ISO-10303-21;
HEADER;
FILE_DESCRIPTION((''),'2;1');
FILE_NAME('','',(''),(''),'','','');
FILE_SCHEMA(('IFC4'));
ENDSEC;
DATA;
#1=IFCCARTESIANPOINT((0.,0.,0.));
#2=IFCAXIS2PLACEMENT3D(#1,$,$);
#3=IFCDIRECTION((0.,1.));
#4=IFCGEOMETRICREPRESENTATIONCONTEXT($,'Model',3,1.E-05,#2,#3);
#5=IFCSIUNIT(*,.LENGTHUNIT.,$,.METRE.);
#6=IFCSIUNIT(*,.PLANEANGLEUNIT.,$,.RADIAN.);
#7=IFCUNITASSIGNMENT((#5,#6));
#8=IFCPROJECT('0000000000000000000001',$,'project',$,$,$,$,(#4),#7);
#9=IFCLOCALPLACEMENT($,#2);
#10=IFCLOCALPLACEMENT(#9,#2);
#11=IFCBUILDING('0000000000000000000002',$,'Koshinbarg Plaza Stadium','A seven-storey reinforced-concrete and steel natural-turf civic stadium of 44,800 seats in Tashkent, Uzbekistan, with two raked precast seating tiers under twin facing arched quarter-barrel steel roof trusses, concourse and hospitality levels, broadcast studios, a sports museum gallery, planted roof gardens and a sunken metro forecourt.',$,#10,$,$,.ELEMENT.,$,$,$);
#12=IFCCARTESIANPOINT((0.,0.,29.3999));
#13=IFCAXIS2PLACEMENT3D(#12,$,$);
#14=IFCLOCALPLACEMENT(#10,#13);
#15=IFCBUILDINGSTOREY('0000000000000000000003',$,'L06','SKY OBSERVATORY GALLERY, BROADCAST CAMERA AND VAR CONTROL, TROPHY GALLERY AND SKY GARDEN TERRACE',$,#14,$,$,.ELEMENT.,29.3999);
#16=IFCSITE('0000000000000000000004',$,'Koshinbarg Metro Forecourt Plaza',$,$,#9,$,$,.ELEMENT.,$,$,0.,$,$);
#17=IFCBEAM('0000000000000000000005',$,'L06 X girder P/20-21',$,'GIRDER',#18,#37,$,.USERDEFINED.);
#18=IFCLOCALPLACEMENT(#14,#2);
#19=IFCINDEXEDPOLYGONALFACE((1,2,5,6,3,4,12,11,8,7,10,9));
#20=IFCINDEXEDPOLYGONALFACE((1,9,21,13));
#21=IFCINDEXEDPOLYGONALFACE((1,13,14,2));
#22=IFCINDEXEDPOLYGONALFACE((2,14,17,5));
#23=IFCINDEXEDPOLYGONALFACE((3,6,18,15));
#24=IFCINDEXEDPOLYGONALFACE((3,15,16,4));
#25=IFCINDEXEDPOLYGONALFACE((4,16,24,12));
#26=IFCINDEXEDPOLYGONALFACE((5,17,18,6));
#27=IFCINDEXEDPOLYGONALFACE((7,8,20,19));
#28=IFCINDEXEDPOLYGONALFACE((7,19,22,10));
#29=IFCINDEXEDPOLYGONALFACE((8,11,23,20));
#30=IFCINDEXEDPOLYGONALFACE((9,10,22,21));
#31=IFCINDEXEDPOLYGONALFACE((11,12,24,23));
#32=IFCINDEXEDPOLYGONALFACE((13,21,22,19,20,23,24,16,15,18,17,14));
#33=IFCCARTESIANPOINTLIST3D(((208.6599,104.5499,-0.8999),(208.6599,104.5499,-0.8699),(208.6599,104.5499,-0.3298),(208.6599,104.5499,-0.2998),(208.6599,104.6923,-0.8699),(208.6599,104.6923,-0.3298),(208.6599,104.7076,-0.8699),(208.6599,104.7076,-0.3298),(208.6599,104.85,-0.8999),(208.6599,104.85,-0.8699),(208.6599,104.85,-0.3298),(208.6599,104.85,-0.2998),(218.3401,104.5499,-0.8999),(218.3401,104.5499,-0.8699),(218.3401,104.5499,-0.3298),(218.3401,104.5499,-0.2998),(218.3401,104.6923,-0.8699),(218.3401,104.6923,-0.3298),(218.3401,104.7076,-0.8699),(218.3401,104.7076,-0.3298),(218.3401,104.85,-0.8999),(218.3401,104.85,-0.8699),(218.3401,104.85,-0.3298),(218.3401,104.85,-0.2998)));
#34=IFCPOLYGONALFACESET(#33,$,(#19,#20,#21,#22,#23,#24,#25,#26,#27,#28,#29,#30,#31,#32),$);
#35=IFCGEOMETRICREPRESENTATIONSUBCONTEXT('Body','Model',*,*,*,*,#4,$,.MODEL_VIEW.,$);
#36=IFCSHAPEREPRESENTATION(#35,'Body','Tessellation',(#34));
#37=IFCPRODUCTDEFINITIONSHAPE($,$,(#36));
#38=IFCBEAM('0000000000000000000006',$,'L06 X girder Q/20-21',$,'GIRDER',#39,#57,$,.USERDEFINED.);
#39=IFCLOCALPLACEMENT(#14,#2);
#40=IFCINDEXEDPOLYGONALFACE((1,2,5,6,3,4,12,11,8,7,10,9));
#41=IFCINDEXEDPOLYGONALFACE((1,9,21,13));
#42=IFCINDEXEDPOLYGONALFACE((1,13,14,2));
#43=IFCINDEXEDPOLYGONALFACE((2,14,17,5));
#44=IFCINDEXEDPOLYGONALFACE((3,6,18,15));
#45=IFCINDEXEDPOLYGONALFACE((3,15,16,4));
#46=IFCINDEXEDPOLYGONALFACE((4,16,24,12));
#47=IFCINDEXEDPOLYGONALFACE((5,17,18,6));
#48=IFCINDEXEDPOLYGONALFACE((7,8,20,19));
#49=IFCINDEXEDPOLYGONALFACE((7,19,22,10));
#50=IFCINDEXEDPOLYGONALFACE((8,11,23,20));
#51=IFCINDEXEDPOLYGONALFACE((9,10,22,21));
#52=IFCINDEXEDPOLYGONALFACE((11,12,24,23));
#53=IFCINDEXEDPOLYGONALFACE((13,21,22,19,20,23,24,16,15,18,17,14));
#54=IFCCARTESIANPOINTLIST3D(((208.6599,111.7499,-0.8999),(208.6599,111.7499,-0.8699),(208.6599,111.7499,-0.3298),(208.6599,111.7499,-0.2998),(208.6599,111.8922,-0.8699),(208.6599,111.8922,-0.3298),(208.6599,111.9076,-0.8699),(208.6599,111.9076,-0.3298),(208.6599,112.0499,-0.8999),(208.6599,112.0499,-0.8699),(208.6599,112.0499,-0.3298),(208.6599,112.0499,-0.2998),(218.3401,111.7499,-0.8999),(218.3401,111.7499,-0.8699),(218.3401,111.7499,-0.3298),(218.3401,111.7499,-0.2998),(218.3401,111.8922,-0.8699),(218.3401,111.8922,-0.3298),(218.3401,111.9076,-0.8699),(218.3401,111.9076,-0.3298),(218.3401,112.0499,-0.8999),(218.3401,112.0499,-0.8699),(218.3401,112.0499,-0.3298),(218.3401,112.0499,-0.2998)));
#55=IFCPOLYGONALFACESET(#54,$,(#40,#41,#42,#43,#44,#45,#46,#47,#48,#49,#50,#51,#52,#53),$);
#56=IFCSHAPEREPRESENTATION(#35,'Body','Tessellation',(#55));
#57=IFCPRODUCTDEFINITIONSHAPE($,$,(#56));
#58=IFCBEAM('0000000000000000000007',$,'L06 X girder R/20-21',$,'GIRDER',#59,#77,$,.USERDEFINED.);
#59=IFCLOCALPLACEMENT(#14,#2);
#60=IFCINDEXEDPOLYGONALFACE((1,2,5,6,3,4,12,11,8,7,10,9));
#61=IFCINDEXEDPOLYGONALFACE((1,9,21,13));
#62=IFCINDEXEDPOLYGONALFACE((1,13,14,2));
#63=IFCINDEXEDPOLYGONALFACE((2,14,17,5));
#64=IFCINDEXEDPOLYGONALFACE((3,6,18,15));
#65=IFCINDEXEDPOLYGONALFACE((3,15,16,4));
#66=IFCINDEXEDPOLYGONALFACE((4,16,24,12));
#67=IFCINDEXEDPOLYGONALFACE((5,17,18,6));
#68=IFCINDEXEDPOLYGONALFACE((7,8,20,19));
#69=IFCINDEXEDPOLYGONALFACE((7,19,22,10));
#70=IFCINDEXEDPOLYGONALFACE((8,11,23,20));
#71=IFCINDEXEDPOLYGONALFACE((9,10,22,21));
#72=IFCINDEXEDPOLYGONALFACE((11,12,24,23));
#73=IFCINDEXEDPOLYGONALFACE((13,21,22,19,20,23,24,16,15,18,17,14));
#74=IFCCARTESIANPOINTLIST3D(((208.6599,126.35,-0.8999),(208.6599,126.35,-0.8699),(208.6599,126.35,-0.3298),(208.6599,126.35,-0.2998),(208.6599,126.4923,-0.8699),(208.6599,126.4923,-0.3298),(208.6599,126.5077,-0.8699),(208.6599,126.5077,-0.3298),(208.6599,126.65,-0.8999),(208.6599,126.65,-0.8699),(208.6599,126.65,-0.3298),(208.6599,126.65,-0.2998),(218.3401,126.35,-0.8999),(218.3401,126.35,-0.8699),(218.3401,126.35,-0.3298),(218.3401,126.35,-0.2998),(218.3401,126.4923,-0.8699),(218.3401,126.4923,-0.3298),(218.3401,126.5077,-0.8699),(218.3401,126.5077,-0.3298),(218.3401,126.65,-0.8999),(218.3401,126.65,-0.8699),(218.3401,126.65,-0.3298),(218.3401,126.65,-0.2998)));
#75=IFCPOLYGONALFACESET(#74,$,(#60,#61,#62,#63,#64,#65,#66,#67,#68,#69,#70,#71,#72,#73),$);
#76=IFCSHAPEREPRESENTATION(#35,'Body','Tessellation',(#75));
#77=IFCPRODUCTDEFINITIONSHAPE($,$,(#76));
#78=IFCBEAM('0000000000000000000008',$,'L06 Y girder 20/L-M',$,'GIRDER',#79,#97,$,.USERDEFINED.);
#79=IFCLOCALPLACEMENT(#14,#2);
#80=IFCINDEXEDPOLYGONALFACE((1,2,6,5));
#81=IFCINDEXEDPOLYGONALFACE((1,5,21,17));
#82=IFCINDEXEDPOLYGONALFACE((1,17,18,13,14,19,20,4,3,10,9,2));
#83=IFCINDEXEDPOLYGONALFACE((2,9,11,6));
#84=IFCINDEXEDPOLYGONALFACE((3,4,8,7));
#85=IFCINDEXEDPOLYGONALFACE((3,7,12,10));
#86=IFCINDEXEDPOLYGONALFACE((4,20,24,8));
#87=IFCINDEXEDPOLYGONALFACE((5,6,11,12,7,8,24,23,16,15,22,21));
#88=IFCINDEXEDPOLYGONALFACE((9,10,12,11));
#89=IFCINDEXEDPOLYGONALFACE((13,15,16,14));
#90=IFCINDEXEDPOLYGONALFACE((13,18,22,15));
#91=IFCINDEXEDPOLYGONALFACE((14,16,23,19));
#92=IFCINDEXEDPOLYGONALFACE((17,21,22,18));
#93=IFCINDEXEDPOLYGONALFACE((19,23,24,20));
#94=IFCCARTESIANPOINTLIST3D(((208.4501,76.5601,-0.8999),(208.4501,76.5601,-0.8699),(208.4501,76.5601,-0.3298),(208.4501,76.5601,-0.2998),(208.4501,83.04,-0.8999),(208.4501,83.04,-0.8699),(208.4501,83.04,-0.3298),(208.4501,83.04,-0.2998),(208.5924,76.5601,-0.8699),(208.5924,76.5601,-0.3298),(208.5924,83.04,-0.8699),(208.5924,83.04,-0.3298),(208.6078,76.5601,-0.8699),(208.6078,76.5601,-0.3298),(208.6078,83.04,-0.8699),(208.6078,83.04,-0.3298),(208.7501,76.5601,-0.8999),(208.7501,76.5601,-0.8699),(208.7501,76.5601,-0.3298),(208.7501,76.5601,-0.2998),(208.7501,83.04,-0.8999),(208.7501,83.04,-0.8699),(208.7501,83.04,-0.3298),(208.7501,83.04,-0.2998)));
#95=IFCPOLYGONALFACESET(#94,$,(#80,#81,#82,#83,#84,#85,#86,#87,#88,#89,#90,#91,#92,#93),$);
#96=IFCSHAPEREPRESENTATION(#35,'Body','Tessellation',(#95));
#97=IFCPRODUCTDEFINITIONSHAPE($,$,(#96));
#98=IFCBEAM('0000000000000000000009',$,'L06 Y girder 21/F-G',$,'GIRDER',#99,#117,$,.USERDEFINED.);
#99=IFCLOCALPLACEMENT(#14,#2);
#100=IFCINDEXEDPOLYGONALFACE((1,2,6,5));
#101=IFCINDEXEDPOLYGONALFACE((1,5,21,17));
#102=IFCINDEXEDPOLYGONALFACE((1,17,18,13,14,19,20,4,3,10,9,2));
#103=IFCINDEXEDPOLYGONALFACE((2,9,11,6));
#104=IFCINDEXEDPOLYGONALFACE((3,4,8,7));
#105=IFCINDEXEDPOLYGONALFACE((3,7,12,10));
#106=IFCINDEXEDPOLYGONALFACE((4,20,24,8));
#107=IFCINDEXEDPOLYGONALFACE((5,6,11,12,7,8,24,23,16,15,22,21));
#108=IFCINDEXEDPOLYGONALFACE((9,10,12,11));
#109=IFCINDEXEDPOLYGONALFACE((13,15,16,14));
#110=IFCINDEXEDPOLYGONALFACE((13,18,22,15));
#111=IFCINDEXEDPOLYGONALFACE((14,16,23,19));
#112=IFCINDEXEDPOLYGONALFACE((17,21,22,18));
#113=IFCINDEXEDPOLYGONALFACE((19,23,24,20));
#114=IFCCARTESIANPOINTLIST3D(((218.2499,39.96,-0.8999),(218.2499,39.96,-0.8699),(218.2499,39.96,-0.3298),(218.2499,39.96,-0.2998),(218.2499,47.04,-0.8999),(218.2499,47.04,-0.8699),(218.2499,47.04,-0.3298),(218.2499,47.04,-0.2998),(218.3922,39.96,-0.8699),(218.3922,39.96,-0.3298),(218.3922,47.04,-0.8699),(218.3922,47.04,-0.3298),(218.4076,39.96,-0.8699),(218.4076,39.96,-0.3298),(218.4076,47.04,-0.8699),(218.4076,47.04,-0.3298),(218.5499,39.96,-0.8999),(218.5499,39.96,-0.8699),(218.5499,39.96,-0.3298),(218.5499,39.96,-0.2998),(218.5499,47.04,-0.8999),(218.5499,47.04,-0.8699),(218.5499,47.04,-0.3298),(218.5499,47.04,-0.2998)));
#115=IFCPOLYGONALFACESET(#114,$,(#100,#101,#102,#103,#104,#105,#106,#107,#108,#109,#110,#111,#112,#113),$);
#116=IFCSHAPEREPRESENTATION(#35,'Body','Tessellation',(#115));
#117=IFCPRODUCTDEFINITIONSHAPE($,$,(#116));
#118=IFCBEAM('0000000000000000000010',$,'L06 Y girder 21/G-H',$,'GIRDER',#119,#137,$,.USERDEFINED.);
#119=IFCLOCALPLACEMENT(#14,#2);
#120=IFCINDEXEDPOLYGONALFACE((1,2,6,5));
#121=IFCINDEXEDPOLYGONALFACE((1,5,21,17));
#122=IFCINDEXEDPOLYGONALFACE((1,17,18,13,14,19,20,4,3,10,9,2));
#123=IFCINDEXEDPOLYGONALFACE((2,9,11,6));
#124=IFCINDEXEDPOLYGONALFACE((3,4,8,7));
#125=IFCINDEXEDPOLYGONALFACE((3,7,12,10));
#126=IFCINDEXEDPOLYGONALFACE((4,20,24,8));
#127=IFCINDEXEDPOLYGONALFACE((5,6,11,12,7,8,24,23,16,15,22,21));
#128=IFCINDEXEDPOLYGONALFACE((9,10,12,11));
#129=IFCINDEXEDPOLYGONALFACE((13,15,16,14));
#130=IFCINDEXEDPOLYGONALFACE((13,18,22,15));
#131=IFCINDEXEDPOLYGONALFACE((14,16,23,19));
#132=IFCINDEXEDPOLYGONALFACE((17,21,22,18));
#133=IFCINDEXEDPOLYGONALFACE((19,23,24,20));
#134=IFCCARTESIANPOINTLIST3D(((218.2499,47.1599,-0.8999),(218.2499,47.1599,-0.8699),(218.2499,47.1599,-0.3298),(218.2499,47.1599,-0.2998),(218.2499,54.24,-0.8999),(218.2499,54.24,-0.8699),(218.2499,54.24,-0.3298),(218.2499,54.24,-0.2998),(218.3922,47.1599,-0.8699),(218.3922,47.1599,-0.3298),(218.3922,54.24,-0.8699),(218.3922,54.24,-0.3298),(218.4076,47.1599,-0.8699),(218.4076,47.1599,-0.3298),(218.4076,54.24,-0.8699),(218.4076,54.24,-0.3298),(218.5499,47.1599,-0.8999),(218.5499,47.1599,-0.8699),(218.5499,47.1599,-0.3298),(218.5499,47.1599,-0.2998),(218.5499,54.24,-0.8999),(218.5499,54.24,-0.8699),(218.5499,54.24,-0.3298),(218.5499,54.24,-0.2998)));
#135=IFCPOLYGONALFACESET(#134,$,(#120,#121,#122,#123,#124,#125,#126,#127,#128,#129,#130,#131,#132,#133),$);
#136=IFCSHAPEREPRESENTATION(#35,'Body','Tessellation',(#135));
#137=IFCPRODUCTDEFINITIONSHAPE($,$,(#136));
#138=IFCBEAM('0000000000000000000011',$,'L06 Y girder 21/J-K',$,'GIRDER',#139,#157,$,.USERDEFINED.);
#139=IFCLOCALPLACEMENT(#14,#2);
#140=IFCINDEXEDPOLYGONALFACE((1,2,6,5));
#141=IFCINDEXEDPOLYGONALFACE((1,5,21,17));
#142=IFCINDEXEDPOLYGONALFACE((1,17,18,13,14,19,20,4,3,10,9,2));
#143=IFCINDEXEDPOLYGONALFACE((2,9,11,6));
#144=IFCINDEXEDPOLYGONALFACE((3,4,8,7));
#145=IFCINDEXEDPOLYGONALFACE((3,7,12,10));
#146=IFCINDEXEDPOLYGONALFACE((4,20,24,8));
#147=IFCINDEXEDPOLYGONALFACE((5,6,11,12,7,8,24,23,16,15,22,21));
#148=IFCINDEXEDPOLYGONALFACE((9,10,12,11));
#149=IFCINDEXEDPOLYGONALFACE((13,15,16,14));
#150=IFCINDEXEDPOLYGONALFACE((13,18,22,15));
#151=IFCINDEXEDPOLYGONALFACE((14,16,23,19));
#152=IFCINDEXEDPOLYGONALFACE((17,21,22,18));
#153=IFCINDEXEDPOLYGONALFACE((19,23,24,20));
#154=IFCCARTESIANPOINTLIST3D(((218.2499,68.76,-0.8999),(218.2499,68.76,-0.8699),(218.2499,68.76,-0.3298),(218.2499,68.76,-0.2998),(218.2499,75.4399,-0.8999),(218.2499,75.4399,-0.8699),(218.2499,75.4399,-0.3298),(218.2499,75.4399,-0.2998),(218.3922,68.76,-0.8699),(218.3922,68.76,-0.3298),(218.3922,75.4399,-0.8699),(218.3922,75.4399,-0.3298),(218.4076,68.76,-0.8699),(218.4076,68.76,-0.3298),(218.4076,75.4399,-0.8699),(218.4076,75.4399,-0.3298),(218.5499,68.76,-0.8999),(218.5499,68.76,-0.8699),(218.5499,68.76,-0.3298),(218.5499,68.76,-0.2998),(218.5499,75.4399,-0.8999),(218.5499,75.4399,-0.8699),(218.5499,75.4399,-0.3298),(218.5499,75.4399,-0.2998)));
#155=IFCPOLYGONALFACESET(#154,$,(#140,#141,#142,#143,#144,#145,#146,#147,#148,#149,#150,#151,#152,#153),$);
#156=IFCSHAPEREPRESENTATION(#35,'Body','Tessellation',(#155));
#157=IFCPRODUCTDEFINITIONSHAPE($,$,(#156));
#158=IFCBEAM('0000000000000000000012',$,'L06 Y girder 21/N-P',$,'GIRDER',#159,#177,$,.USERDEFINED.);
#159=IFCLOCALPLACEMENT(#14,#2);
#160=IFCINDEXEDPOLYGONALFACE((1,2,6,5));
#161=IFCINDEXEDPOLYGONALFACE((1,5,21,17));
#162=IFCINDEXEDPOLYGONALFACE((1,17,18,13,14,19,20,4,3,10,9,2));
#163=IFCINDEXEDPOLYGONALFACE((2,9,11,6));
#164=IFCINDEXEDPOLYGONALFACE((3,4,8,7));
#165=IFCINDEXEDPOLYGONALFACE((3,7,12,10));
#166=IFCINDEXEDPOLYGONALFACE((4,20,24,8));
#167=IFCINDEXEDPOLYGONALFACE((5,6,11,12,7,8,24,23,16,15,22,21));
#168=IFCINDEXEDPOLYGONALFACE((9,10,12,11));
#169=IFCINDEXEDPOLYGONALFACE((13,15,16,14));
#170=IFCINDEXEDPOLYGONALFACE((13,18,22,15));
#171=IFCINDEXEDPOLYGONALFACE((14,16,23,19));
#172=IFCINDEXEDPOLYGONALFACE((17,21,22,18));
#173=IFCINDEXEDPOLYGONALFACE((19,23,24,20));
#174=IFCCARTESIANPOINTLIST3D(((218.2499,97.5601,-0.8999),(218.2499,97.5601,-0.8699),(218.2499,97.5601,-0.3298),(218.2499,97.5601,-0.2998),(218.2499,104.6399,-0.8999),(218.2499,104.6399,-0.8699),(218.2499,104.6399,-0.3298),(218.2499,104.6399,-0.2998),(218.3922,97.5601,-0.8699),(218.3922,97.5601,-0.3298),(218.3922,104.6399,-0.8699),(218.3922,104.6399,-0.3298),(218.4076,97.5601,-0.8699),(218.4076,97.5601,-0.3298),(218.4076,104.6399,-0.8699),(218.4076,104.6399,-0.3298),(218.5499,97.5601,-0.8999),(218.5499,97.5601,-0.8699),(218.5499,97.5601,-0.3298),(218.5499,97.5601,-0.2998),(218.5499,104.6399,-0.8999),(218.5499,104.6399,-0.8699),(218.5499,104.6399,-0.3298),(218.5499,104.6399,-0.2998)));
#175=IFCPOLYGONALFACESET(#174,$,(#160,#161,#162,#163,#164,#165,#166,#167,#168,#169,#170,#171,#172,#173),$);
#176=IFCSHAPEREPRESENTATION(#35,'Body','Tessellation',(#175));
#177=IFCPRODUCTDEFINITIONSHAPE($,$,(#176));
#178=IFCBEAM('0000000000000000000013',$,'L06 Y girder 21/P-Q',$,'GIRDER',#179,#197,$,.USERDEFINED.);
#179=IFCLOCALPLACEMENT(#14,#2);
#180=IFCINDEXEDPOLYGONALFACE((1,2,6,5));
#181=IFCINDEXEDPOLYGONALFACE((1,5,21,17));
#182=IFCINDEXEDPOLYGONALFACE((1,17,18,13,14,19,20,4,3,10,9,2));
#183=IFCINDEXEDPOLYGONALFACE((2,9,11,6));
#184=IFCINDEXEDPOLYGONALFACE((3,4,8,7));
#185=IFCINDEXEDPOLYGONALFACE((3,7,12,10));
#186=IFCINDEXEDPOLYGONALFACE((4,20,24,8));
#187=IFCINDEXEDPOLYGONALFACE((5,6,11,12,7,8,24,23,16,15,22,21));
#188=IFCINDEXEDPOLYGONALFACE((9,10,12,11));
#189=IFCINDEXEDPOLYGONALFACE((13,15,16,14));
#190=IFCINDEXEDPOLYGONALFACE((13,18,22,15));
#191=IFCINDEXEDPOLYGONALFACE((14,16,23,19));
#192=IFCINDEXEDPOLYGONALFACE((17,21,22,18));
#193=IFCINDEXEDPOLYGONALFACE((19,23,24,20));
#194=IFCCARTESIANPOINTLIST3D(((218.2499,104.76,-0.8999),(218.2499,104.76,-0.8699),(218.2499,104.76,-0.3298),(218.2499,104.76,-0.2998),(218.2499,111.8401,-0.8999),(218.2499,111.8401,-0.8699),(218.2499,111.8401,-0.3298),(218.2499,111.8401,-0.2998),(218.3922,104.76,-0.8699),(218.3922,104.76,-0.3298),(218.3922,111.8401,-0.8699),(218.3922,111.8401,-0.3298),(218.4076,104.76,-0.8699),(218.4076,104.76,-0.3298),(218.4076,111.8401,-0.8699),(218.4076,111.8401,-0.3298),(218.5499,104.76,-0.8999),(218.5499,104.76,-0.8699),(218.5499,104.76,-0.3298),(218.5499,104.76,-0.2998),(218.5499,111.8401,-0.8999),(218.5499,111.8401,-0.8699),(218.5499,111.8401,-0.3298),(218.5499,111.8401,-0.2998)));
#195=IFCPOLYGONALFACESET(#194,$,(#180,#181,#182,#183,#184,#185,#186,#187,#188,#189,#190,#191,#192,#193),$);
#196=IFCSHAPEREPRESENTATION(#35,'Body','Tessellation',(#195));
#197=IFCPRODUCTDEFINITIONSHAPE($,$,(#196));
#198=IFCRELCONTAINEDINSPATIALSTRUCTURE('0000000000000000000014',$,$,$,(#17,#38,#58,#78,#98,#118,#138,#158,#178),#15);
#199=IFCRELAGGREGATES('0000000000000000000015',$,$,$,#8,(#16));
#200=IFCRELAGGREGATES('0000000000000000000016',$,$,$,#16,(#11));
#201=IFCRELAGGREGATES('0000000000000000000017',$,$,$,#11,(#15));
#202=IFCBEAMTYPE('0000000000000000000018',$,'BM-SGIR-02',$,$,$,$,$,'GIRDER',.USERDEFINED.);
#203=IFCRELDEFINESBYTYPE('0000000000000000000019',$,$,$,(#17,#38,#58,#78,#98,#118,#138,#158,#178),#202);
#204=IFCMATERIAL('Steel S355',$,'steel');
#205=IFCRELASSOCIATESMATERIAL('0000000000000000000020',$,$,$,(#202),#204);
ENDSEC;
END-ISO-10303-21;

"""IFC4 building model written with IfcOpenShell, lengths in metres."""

from ifc_helpers import new_model, si_unit, direction, frame, origin, origin_2d, place, context, subcontext, project, spatial, i_section, extrude, material, material_profile, profile_set, type_object, element, save


model = new_model("IFC4")

# Units and contexts
model_context = context("Model", 3, precision=1e-05, world=origin(), true_north=direction((0.0, 1.0)))
body_context = subcontext(model_context, "Body", "Model", "MODEL_VIEW")
ifc_project = project(units=[si_unit("LENGTHUNIT", "METRE"), si_unit("PLANEANGLEUNIT", "RADIAN")], contexts=[model_context])

# Site, building, storey
site_placement = place(None, origin())
site = spatial("IfcSite", under=ifc_project, at=site_placement, Name="Koshinbarg Metro Forecourt Plaza", CompositionType="ELEMENT", RefElevation=0.0)
building_placement = place(site_placement, origin())
building = spatial("IfcBuilding", under=site, at=building_placement, Name="Koshinbarg Plaza Stadium", Description="A seven-storey reinforced-concrete and steel natural-turf civic stadium of 44,800 seats in Tashkent, Uzbekistan, with two raked precast seating tiers under twin facing arched quarter-barrel steel roof trusses, concourse and hospitality levels, broadcast studios, a sports museum gallery, planted roof gardens and a sunken metro forecourt.", CompositionType="ELEMENT")
storey_placement = place(building_placement, frame((0.0, 0.0, 29.3999)))
storey = spatial("IfcBuildingStorey", under=building, at=storey_placement, Name="L06", Description="SKY OBSERVATORY GALLERY, BROADCAST CAMERA AND VAR CONTROL, TROPHY GALLERY AND SKY GARDEN TERRACE", CompositionType="ELEMENT", Elevation=29.3999)

# Beams
ifc_material = material(Name="Steel S355", Category="steel")
ifc_material_profile_1 = material_profile(ifc_material, i_section(OverallWidth=0.3, OverallDepth=0.6001, WebThickness=0.0154, FlangeThickness=0.03, at=origin_2d()), Name="HEB 600")
ifc_profile_set_1 = profile_set([ifc_material_profile_1], Name="Steel S355")
beam_type_1 = type_object("IfcBeamType", Name="BM-SGIR-02", ElementType="GIRDER", PredefinedType="USERDEFINED", material=ifc_profile_set_1)
for number, where, z_axis, x_axis, name in (
    (1, (208.6599, 104.7, -0.5999), (1.0, 0.0, 0.0), (0.0, 1.0, 0.0), "L06 X girder P/20-21"),
    (2, (208.6599, 111.8999, -0.5999), (1.0, 0.0, 0.0), (0.0, 1.0, 0.0), "L06 X girder Q/20-21"),
    (3, (208.6599, 126.5, -0.5999), (1.0, 0.0, 0.0), (0.0, 1.0, 0.0), "L06 X girder R/20-21"),
):
    element("IfcBeam", number, at=place(storey_placement, frame(where, z_axis=z_axis, x_axis=x_axis)), inside=storey, type_object=beam_type_1, Name=name, ObjectType="GIRDER", PredefinedType="USERDEFINED", context=body_context, shape_type="SweptSolid", body=[
        extrude(i_section(OverallWidth=0.3, OverallDepth=0.6001, WebThickness=0.0154, FlangeThickness=0.03, at=origin_2d()), origin(), (0.0, 0.0, 1.0), 9.6802),
    ])
beam_1_placement = place(storey_placement, frame((208.6001, 76.5601, -0.5999), z_axis=(0.0, 1.0, 0.0), x_axis=(-1.0, 0.0, 0.0)))
element("IfcBeam", 4, at=beam_1_placement, inside=storey, type_object=beam_type_1, Name="L06 Y girder 20/L-M", ObjectType="GIRDER", PredefinedType="USERDEFINED", context=body_context, shape_type="SweptSolid", body=[
    extrude(i_section(OverallWidth=0.3, OverallDepth=0.6001, WebThickness=0.0154, FlangeThickness=0.03, at=origin_2d()), origin(), (0.0, 0.0, 1.0), 6.48),
])
for number, where, z_axis, x_axis, name in (
    (5, (218.3999, 39.96, -0.5999), (0.0, 1.0, 0.0), (-1.0, 0.0, 0.0), "L06 Y girder 21/F-G"),
    (6, (218.3999, 47.1599, -0.5999), (0.0, 1.0, 0.0), (-1.0, 0.0, 0.0), "L06 Y girder 21/G-H"),
):
    element("IfcBeam", number, at=place(storey_placement, frame(where, z_axis=z_axis, x_axis=x_axis)), inside=storey, type_object=beam_type_1, Name=name, ObjectType="GIRDER", PredefinedType="USERDEFINED", context=body_context, shape_type="SweptSolid", body=[
        extrude(i_section(OverallWidth=0.3, OverallDepth=0.6001, WebThickness=0.0154, FlangeThickness=0.03, at=origin_2d()), origin(), (0.0, 0.0, 1.0), 7.0801),
    ])
beam_2_placement = place(storey_placement, frame((218.3999, 68.76, -0.5999), z_axis=(0.0, 1.0, 0.0), x_axis=(-1.0, 0.0, 0.0)))
element("IfcBeam", 7, at=beam_2_placement, inside=storey, type_object=beam_type_1, Name="L06 Y girder 21/J-K", ObjectType="GIRDER", PredefinedType="USERDEFINED", context=body_context, shape_type="SweptSolid", body=[
    extrude(i_section(OverallWidth=0.3, OverallDepth=0.6001, WebThickness=0.0154, FlangeThickness=0.03, at=origin_2d()), origin(), (0.0, 0.0, 1.0), 6.6799),
])
beam_3_placement = place(storey_placement, frame((218.3999, 97.5601, -0.5999), z_axis=(0.0, 1.0, 0.0), x_axis=(-1.0, 0.0, 0.0)))
element("IfcBeam", 8, at=beam_3_placement, inside=storey, type_object=beam_type_1, Name="L06 Y girder 21/N-P", ObjectType="GIRDER", PredefinedType="USERDEFINED", context=body_context, shape_type="SweptSolid", body=[
    extrude(i_section(OverallWidth=0.3, OverallDepth=0.6001, WebThickness=0.0154, FlangeThickness=0.03, at=origin_2d()), origin(), (0.0, 0.0, 1.0), 7.0798),
])
beam_4_placement = place(storey_placement, frame((218.3999, 104.76, -0.5999), z_axis=(0.0, 1.0, 0.0), x_axis=(-1.0, 0.0, 0.0)))
element("IfcBeam", 9, at=beam_4_placement, inside=storey, type_object=beam_type_1, Name="L06 Y girder 21/P-Q", ObjectType="GIRDER", PredefinedType="USERDEFINED", context=body_context, shape_type="SweptSolid", body=[
    extrude(i_section(OverallWidth=0.3, OverallDepth=0.6001, WebThickness=0.0154, FlangeThickness=0.03, at=origin_2d()), origin(), (0.0, 0.0, 1.0), 7.0801),
])

save(model, "model.ifc")
